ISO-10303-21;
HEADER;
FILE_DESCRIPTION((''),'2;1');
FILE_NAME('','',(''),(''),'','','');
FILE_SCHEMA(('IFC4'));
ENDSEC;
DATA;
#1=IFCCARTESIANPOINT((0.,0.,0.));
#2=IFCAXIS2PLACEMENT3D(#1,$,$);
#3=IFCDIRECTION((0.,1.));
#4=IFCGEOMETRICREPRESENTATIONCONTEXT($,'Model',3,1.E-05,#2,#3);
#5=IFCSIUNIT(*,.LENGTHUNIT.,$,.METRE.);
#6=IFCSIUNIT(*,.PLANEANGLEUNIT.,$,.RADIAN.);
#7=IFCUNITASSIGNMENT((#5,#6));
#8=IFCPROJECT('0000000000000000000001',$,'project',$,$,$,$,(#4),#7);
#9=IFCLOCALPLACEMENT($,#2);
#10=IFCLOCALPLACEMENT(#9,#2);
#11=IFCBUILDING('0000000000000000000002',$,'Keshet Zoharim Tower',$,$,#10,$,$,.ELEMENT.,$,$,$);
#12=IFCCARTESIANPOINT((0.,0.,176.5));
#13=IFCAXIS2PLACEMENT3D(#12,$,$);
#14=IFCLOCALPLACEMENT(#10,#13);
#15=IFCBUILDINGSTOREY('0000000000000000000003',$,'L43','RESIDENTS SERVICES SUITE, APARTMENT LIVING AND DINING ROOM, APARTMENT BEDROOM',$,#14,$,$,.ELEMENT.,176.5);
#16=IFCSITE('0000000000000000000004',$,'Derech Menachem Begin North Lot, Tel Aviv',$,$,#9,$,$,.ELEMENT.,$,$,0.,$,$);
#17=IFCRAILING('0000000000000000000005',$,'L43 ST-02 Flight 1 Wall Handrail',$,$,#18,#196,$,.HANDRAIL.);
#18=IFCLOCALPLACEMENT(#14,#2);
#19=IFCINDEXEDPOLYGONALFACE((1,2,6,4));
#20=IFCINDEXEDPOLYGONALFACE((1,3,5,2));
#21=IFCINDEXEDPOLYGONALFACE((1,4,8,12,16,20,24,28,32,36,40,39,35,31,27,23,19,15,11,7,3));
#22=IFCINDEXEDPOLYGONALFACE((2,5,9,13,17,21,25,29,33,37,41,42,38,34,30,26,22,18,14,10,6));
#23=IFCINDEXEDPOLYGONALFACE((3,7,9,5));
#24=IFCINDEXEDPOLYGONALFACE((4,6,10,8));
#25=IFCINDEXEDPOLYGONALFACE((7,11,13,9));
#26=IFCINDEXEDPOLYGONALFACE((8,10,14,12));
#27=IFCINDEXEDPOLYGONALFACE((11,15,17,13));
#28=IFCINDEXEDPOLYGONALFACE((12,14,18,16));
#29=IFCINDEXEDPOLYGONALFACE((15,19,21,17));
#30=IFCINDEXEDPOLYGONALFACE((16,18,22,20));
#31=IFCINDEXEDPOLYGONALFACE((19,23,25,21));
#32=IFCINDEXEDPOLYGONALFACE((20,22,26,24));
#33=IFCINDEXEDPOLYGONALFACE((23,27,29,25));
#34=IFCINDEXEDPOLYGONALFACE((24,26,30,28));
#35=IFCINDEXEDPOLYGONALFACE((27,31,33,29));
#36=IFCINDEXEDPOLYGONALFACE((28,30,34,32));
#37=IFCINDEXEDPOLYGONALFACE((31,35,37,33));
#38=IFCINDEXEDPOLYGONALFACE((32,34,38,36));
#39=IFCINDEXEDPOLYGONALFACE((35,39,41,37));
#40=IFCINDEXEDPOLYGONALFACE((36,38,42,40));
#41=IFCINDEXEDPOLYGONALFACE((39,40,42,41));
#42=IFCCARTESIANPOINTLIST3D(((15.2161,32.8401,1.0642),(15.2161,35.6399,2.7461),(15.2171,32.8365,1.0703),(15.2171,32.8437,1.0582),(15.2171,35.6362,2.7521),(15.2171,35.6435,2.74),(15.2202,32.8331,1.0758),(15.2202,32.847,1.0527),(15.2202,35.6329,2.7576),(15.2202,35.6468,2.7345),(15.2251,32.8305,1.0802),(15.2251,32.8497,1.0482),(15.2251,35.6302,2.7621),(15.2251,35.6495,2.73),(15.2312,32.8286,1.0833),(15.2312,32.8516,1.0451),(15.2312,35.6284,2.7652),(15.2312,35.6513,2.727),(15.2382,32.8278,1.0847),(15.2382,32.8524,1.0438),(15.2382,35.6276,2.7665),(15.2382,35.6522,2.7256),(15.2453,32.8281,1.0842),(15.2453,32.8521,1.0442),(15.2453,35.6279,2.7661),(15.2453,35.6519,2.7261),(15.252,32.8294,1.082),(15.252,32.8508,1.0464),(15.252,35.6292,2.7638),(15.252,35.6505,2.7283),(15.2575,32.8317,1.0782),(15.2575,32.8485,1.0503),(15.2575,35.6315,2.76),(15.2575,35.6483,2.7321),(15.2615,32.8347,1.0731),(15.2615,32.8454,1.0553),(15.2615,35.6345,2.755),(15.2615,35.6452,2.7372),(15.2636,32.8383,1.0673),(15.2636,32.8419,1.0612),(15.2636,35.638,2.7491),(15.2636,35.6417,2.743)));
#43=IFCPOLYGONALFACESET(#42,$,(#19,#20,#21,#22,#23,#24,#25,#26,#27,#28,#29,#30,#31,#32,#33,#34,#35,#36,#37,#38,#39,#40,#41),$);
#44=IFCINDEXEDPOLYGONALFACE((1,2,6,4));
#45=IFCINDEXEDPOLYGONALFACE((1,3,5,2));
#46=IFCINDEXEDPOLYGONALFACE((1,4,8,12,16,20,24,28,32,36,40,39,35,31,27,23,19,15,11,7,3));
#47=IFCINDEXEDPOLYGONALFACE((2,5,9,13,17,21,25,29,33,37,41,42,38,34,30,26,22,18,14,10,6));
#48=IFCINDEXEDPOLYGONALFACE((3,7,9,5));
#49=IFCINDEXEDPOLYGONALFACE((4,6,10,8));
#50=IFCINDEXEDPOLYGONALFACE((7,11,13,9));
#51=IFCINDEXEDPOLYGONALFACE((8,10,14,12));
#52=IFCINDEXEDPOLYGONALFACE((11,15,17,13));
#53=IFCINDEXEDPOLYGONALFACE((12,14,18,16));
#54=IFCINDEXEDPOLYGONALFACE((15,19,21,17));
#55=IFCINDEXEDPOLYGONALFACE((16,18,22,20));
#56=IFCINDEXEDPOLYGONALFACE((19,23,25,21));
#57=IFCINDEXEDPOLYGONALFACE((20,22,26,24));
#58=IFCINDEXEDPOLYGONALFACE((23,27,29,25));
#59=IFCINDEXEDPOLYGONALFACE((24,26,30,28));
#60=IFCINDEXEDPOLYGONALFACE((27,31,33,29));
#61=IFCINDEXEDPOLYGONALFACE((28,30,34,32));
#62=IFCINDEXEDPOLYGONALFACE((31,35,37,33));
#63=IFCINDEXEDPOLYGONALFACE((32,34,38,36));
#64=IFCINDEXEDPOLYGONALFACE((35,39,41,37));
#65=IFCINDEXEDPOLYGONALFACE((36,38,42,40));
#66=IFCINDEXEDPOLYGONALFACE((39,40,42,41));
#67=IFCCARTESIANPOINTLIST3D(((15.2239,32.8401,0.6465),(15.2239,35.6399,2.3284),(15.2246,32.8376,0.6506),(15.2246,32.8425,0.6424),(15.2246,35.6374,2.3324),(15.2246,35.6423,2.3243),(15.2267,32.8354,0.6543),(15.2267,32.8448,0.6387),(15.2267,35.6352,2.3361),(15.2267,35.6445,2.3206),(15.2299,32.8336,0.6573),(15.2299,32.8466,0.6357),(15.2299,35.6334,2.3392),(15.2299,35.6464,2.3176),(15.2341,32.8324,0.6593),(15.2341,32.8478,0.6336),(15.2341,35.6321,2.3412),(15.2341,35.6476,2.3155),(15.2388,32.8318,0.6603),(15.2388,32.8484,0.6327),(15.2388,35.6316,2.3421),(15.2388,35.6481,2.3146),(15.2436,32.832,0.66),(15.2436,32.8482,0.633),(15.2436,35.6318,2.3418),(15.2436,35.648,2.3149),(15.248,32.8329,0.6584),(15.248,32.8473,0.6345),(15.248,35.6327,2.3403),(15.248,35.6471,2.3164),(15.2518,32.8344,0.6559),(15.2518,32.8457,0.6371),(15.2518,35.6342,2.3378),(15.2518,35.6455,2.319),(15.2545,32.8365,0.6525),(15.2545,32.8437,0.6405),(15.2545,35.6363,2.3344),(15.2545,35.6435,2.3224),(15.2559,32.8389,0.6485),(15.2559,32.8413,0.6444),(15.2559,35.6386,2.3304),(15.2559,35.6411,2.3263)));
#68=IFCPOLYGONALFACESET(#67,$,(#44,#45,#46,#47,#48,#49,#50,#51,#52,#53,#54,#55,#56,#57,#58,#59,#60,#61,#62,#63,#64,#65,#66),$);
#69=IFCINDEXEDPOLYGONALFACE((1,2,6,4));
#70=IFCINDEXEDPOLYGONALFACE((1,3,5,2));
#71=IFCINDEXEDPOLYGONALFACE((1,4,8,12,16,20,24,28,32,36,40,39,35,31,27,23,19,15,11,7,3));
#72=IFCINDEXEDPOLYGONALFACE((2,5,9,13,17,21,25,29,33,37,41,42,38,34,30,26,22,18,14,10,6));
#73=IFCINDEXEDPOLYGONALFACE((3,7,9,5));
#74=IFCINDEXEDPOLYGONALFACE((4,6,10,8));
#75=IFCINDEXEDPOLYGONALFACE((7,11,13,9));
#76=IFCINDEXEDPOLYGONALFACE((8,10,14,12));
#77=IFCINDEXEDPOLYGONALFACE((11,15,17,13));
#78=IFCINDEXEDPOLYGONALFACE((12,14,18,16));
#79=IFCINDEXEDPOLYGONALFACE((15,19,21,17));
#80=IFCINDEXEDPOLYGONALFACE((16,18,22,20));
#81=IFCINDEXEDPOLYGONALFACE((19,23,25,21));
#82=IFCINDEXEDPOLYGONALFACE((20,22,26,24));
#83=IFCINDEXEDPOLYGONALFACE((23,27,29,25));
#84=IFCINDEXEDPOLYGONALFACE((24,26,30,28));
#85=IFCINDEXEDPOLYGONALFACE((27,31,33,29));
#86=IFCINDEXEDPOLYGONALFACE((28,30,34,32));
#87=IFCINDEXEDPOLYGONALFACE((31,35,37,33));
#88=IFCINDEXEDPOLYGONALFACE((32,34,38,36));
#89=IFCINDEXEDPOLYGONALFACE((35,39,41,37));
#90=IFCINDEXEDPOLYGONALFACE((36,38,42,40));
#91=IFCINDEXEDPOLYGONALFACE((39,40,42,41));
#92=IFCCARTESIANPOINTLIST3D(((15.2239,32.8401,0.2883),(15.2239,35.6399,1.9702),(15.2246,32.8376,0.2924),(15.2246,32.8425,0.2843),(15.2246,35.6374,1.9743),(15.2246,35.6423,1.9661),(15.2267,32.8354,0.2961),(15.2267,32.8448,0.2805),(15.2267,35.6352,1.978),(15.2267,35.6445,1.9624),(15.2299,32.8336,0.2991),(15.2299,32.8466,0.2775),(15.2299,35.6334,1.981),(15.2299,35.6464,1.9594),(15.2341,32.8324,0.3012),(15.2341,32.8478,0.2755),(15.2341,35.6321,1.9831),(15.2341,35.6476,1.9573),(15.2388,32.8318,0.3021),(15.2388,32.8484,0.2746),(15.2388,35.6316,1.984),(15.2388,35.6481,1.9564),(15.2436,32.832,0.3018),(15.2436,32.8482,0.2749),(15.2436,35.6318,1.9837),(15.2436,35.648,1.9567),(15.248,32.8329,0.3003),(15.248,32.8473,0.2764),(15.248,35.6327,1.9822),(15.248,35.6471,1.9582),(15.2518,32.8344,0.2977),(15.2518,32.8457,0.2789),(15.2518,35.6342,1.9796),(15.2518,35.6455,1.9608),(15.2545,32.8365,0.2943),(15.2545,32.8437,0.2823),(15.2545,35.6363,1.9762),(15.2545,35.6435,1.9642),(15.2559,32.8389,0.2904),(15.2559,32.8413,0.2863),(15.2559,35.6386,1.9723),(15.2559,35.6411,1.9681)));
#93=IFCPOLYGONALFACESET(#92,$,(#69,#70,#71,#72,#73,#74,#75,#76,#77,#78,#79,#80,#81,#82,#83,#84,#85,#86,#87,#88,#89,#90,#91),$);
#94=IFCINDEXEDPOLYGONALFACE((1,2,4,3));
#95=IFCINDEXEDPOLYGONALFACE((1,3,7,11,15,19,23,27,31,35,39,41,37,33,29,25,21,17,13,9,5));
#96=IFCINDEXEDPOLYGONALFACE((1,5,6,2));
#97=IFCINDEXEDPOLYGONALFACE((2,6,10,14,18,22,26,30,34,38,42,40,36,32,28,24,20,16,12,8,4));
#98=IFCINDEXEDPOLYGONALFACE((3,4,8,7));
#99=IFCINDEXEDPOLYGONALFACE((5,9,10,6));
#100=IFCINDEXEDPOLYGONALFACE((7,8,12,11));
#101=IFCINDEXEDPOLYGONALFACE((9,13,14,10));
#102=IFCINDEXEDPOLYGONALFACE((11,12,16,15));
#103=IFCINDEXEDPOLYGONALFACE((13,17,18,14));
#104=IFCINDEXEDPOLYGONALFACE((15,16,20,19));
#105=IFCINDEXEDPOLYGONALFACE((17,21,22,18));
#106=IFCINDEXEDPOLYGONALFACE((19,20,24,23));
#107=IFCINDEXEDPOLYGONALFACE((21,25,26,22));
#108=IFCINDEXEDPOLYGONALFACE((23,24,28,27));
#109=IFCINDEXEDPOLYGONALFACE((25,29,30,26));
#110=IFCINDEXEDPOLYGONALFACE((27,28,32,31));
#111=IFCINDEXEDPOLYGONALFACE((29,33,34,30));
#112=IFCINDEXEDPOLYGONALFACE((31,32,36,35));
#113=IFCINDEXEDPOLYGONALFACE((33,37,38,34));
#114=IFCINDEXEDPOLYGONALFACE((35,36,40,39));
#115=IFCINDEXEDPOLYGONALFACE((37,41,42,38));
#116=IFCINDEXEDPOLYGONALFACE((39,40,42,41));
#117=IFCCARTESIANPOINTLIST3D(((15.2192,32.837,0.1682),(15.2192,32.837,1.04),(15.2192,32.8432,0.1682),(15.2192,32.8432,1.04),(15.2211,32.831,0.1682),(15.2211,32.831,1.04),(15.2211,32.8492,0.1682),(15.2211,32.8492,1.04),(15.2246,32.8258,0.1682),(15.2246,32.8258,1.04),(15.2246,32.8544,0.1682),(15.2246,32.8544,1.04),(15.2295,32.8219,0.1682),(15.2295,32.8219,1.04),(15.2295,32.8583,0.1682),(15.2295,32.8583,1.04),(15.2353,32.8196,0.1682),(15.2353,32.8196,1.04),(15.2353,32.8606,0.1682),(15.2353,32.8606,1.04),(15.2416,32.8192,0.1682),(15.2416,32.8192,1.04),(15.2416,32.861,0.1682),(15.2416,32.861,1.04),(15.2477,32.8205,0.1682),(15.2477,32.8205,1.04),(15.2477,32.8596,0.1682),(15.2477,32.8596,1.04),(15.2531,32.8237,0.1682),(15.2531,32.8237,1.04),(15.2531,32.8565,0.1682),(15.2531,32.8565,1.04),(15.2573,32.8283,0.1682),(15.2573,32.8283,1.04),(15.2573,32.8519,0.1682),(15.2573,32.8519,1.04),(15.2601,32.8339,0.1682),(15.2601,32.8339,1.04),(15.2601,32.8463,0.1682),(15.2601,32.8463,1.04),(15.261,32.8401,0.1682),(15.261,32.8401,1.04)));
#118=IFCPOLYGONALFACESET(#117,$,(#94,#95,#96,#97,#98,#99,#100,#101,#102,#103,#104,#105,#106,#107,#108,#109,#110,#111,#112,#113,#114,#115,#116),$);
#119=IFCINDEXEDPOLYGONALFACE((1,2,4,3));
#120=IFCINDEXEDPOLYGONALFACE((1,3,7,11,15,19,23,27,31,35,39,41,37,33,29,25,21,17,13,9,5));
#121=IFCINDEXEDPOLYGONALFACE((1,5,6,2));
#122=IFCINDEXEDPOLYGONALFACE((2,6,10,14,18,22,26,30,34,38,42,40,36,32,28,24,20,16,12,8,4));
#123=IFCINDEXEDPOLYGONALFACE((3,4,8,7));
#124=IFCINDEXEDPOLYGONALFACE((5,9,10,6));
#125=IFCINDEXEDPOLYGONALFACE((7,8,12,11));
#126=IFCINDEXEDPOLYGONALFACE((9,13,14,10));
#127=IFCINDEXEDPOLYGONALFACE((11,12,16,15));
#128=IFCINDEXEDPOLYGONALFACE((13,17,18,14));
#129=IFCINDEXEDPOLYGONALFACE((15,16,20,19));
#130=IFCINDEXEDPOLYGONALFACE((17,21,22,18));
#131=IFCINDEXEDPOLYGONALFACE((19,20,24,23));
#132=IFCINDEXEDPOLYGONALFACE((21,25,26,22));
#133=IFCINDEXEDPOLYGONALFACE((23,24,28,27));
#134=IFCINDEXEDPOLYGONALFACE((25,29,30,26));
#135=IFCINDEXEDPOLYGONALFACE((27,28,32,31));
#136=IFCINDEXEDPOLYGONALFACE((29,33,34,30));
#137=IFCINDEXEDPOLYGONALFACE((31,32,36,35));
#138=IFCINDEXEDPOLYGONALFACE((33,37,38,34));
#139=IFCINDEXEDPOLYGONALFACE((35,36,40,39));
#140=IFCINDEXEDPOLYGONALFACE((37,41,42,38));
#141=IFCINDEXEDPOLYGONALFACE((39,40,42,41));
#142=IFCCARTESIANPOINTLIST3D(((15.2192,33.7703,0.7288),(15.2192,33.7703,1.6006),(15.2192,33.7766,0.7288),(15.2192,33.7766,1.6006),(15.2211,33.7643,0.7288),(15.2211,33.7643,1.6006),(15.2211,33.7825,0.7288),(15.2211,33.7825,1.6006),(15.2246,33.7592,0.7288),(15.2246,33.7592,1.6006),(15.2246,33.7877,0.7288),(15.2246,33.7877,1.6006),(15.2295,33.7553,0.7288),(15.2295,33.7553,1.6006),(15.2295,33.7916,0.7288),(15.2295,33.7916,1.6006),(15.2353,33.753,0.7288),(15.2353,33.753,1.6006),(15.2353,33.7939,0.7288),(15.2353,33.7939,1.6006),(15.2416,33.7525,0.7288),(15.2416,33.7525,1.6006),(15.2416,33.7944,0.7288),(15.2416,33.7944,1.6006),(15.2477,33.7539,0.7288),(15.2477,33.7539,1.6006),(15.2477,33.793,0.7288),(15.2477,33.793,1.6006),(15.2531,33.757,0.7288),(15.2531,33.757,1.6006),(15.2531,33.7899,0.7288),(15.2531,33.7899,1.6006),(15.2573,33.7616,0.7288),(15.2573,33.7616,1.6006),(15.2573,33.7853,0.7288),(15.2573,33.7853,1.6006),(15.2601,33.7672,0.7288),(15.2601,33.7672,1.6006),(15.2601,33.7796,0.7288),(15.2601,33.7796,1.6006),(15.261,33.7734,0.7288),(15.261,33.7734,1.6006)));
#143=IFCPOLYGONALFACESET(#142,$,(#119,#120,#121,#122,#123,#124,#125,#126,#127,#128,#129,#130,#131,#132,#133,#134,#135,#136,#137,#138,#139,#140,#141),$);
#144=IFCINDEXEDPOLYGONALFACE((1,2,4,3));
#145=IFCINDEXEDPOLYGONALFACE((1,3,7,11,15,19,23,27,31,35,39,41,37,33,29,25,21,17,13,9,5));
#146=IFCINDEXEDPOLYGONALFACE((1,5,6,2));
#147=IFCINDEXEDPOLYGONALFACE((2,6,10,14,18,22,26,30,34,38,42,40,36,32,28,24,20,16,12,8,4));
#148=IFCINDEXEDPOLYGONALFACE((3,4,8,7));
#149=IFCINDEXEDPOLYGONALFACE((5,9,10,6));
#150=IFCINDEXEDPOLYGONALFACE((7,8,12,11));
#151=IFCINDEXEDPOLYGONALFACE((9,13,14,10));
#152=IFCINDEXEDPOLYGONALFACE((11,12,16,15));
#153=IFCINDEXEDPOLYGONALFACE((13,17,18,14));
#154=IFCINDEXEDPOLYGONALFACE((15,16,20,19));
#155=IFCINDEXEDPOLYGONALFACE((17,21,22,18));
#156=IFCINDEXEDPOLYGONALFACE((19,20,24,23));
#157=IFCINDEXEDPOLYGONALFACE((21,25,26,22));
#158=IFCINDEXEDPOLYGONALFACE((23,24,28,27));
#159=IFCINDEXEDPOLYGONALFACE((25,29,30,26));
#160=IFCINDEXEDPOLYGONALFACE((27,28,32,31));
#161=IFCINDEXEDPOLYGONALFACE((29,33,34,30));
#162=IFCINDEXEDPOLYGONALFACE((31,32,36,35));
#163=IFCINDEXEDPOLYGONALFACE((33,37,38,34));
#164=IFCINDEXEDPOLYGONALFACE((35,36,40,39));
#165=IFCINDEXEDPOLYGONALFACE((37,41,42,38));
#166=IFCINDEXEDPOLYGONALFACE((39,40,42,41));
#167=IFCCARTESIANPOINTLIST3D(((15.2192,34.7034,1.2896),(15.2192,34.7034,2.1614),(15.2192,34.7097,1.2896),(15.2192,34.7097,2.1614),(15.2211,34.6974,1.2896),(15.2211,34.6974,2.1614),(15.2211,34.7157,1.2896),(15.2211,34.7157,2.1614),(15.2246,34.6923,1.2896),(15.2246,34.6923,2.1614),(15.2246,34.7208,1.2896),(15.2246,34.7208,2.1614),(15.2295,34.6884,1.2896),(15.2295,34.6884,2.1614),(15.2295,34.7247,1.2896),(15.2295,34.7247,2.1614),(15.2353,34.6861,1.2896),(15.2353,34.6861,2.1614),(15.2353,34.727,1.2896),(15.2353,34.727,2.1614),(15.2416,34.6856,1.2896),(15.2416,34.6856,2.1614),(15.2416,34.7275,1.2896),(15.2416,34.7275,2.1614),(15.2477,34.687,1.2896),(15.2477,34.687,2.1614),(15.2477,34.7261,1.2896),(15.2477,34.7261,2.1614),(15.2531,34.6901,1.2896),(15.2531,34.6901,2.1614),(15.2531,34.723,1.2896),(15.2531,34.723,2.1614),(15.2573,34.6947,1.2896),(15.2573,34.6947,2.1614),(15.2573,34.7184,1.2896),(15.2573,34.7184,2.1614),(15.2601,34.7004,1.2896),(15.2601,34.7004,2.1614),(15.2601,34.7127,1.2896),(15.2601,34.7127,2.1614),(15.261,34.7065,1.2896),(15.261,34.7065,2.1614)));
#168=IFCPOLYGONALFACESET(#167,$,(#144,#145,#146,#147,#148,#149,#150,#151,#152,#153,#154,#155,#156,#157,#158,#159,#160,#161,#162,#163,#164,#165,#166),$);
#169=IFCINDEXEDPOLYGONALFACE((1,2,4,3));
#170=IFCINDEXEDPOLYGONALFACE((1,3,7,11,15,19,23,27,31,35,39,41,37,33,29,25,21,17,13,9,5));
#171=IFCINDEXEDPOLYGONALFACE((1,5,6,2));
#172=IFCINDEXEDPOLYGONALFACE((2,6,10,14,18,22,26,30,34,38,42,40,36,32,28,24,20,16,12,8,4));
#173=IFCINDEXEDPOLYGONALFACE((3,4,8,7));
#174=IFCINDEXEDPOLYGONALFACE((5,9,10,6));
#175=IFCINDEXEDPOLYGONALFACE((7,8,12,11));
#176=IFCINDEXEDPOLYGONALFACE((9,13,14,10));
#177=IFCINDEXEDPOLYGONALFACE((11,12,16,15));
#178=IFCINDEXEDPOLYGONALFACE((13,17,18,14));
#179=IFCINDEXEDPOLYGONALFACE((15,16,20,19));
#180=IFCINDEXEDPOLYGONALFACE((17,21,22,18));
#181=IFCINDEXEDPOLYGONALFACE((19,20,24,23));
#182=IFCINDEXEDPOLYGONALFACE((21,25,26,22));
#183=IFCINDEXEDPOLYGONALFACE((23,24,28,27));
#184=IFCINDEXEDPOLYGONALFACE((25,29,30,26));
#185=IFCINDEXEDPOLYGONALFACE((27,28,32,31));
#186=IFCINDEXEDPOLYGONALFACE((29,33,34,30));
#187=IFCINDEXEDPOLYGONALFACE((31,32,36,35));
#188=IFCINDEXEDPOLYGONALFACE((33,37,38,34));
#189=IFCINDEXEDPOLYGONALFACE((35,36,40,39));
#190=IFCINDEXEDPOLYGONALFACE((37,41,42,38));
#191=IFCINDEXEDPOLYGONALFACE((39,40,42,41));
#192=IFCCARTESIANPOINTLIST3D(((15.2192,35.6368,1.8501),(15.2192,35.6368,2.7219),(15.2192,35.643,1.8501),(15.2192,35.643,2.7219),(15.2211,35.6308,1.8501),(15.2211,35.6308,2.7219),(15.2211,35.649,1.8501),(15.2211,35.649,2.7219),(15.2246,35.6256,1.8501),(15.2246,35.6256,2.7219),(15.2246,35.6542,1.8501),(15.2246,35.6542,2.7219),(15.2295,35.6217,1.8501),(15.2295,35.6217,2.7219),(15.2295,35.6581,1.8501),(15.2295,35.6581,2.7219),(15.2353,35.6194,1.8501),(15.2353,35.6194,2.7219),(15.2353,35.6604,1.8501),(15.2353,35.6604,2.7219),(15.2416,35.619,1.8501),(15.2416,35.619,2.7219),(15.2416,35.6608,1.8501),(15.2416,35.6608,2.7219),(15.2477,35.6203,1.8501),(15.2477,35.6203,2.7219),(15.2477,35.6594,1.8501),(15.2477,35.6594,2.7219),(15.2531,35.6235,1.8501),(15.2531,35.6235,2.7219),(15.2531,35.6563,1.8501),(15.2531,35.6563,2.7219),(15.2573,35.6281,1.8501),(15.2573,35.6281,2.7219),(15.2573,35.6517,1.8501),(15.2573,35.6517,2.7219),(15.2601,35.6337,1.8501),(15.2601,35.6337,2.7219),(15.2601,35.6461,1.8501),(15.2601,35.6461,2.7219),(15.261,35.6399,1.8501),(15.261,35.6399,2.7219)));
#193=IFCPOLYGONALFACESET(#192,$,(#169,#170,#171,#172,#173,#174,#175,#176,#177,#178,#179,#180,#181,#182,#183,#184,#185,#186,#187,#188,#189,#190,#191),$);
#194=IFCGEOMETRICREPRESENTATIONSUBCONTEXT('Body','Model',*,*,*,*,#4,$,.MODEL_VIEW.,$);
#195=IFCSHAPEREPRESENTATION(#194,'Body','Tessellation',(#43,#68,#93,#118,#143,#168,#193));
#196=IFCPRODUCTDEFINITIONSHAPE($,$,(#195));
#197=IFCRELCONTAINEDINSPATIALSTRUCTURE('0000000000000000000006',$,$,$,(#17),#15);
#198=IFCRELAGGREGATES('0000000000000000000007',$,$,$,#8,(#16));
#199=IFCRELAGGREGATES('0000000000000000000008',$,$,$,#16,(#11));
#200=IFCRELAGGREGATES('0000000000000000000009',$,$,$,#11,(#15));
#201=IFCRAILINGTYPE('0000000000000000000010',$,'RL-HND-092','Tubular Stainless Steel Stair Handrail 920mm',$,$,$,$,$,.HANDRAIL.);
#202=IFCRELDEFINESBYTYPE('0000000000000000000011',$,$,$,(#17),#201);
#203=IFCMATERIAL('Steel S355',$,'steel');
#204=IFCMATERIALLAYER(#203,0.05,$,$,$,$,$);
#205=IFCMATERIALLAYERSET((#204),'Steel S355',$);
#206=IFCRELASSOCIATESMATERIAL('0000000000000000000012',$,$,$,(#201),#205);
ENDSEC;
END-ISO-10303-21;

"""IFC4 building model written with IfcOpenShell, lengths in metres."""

from ifc_helpers import new_model, si_unit, direction, frame, origin, origin_2d, place, context, subcontext, project, spatial, circle, extrude, material, layer, layer_set, type_object, element, save


model = new_model("IFC4")

# Units and contexts
model_context = context("Model", 3, precision=1e-05, world=origin(), true_north=direction((0.0, 1.0)))
body_context = subcontext(model_context, "Body", "Model", "MODEL_VIEW")
ifc_project = project(units=[si_unit("LENGTHUNIT", "METRE"), si_unit("PLANEANGLEUNIT", "RADIAN")], contexts=[model_context])

# Site, building, storey
site_placement = place(None, origin())
site = spatial("IfcSite", under=ifc_project, at=site_placement, Name="Derech Menachem Begin North Lot, Tel Aviv", CompositionType="ELEMENT", RefElevation=0.0)
building_placement = place(site_placement, origin())
building = spatial("IfcBuilding", under=site, at=building_placement, Name="Keshet Zoharim Tower", CompositionType="ELEMENT")
storey_placement = place(building_placement, frame((0.0, 0.0, 176.5)))
storey = spatial("IfcBuildingStorey", under=building, at=storey_placement, Name="L43", Description="RESIDENTS SERVICES SUITE, APARTMENT LIVING AND DINING ROOM, APARTMENT BEDROOM", CompositionType="ELEMENT", Elevation=176.5)

# Shared definitions
ifc_material_1 = material(Name="Steel S355", Category="steel")

# Railing
ifc_layer_1 = layer(ifc_material_1, 0.05)
ifc_layer_set_1 = layer_set([ifc_layer_1], Name="Steel S355")
railing_type = type_object("IfcRailingType", Name="RL-HND-092", Description="Tubular Stainless Steel Stair Handrail 920mm", PredefinedType="HANDRAIL", material=ifc_layer_set_1)
railing_placement = place(storey_placement, frame((15.24, 32.8401, 0.1682)))
element("IfcRailing", 1, at=railing_placement, inside=storey, type_object=railing_type, Name="L43 ST-02 Flight 1 Wall Handrail", PredefinedType="HANDRAIL", context=body_context, shape_type="SweptSolid", body=[
    extrude(circle(Radius=0.0239, at=origin_2d()), frame((0.0, 0.0, 0.896), z_axis=(0.0, 0.857222, 0.514946), x_axis=(-1.0, 0.0, 0.0)), (0.0, 0.0, 1.0), 3.2661),
    extrude(circle(Radius=0.0161, at=origin_2d()), frame((0.0, 0.0, 0.4783), z_axis=(0.0, 0.857222, 0.514946), x_axis=(-1.0, 0.0, 0.0)), (0.0, 0.0, 1.0), 3.2661),
    extrude(circle(Radius=0.0161, at=origin_2d()), frame((0.0, 0.0, 0.1201), z_axis=(0.0, 0.857222, 0.514946), x_axis=(-1.0, 0.0, 0.0)), (0.0, 0.0, 1.0), 3.2661),
    extrude(circle(Radius=0.021, at=origin_2d()), origin(), (0.0, 0.0, 1.0), 0.8718),
    extrude(circle(Radius=0.021, at=origin_2d()), frame((0.0, 0.9333, 0.5605)), (0.0, 0.0, 1.0), 0.8718),
    extrude(circle(Radius=0.021, at=origin_2d()), frame((0.0, 1.8665, 1.1213)), (0.0, 0.0, 1.0), 0.8718),
    extrude(circle(Radius=0.021, at=origin_2d()), frame((0.0, 2.7998, 1.6819)), (0.0, 0.0, 1.0), 0.8718),
])

save(model, "model.ifc")
